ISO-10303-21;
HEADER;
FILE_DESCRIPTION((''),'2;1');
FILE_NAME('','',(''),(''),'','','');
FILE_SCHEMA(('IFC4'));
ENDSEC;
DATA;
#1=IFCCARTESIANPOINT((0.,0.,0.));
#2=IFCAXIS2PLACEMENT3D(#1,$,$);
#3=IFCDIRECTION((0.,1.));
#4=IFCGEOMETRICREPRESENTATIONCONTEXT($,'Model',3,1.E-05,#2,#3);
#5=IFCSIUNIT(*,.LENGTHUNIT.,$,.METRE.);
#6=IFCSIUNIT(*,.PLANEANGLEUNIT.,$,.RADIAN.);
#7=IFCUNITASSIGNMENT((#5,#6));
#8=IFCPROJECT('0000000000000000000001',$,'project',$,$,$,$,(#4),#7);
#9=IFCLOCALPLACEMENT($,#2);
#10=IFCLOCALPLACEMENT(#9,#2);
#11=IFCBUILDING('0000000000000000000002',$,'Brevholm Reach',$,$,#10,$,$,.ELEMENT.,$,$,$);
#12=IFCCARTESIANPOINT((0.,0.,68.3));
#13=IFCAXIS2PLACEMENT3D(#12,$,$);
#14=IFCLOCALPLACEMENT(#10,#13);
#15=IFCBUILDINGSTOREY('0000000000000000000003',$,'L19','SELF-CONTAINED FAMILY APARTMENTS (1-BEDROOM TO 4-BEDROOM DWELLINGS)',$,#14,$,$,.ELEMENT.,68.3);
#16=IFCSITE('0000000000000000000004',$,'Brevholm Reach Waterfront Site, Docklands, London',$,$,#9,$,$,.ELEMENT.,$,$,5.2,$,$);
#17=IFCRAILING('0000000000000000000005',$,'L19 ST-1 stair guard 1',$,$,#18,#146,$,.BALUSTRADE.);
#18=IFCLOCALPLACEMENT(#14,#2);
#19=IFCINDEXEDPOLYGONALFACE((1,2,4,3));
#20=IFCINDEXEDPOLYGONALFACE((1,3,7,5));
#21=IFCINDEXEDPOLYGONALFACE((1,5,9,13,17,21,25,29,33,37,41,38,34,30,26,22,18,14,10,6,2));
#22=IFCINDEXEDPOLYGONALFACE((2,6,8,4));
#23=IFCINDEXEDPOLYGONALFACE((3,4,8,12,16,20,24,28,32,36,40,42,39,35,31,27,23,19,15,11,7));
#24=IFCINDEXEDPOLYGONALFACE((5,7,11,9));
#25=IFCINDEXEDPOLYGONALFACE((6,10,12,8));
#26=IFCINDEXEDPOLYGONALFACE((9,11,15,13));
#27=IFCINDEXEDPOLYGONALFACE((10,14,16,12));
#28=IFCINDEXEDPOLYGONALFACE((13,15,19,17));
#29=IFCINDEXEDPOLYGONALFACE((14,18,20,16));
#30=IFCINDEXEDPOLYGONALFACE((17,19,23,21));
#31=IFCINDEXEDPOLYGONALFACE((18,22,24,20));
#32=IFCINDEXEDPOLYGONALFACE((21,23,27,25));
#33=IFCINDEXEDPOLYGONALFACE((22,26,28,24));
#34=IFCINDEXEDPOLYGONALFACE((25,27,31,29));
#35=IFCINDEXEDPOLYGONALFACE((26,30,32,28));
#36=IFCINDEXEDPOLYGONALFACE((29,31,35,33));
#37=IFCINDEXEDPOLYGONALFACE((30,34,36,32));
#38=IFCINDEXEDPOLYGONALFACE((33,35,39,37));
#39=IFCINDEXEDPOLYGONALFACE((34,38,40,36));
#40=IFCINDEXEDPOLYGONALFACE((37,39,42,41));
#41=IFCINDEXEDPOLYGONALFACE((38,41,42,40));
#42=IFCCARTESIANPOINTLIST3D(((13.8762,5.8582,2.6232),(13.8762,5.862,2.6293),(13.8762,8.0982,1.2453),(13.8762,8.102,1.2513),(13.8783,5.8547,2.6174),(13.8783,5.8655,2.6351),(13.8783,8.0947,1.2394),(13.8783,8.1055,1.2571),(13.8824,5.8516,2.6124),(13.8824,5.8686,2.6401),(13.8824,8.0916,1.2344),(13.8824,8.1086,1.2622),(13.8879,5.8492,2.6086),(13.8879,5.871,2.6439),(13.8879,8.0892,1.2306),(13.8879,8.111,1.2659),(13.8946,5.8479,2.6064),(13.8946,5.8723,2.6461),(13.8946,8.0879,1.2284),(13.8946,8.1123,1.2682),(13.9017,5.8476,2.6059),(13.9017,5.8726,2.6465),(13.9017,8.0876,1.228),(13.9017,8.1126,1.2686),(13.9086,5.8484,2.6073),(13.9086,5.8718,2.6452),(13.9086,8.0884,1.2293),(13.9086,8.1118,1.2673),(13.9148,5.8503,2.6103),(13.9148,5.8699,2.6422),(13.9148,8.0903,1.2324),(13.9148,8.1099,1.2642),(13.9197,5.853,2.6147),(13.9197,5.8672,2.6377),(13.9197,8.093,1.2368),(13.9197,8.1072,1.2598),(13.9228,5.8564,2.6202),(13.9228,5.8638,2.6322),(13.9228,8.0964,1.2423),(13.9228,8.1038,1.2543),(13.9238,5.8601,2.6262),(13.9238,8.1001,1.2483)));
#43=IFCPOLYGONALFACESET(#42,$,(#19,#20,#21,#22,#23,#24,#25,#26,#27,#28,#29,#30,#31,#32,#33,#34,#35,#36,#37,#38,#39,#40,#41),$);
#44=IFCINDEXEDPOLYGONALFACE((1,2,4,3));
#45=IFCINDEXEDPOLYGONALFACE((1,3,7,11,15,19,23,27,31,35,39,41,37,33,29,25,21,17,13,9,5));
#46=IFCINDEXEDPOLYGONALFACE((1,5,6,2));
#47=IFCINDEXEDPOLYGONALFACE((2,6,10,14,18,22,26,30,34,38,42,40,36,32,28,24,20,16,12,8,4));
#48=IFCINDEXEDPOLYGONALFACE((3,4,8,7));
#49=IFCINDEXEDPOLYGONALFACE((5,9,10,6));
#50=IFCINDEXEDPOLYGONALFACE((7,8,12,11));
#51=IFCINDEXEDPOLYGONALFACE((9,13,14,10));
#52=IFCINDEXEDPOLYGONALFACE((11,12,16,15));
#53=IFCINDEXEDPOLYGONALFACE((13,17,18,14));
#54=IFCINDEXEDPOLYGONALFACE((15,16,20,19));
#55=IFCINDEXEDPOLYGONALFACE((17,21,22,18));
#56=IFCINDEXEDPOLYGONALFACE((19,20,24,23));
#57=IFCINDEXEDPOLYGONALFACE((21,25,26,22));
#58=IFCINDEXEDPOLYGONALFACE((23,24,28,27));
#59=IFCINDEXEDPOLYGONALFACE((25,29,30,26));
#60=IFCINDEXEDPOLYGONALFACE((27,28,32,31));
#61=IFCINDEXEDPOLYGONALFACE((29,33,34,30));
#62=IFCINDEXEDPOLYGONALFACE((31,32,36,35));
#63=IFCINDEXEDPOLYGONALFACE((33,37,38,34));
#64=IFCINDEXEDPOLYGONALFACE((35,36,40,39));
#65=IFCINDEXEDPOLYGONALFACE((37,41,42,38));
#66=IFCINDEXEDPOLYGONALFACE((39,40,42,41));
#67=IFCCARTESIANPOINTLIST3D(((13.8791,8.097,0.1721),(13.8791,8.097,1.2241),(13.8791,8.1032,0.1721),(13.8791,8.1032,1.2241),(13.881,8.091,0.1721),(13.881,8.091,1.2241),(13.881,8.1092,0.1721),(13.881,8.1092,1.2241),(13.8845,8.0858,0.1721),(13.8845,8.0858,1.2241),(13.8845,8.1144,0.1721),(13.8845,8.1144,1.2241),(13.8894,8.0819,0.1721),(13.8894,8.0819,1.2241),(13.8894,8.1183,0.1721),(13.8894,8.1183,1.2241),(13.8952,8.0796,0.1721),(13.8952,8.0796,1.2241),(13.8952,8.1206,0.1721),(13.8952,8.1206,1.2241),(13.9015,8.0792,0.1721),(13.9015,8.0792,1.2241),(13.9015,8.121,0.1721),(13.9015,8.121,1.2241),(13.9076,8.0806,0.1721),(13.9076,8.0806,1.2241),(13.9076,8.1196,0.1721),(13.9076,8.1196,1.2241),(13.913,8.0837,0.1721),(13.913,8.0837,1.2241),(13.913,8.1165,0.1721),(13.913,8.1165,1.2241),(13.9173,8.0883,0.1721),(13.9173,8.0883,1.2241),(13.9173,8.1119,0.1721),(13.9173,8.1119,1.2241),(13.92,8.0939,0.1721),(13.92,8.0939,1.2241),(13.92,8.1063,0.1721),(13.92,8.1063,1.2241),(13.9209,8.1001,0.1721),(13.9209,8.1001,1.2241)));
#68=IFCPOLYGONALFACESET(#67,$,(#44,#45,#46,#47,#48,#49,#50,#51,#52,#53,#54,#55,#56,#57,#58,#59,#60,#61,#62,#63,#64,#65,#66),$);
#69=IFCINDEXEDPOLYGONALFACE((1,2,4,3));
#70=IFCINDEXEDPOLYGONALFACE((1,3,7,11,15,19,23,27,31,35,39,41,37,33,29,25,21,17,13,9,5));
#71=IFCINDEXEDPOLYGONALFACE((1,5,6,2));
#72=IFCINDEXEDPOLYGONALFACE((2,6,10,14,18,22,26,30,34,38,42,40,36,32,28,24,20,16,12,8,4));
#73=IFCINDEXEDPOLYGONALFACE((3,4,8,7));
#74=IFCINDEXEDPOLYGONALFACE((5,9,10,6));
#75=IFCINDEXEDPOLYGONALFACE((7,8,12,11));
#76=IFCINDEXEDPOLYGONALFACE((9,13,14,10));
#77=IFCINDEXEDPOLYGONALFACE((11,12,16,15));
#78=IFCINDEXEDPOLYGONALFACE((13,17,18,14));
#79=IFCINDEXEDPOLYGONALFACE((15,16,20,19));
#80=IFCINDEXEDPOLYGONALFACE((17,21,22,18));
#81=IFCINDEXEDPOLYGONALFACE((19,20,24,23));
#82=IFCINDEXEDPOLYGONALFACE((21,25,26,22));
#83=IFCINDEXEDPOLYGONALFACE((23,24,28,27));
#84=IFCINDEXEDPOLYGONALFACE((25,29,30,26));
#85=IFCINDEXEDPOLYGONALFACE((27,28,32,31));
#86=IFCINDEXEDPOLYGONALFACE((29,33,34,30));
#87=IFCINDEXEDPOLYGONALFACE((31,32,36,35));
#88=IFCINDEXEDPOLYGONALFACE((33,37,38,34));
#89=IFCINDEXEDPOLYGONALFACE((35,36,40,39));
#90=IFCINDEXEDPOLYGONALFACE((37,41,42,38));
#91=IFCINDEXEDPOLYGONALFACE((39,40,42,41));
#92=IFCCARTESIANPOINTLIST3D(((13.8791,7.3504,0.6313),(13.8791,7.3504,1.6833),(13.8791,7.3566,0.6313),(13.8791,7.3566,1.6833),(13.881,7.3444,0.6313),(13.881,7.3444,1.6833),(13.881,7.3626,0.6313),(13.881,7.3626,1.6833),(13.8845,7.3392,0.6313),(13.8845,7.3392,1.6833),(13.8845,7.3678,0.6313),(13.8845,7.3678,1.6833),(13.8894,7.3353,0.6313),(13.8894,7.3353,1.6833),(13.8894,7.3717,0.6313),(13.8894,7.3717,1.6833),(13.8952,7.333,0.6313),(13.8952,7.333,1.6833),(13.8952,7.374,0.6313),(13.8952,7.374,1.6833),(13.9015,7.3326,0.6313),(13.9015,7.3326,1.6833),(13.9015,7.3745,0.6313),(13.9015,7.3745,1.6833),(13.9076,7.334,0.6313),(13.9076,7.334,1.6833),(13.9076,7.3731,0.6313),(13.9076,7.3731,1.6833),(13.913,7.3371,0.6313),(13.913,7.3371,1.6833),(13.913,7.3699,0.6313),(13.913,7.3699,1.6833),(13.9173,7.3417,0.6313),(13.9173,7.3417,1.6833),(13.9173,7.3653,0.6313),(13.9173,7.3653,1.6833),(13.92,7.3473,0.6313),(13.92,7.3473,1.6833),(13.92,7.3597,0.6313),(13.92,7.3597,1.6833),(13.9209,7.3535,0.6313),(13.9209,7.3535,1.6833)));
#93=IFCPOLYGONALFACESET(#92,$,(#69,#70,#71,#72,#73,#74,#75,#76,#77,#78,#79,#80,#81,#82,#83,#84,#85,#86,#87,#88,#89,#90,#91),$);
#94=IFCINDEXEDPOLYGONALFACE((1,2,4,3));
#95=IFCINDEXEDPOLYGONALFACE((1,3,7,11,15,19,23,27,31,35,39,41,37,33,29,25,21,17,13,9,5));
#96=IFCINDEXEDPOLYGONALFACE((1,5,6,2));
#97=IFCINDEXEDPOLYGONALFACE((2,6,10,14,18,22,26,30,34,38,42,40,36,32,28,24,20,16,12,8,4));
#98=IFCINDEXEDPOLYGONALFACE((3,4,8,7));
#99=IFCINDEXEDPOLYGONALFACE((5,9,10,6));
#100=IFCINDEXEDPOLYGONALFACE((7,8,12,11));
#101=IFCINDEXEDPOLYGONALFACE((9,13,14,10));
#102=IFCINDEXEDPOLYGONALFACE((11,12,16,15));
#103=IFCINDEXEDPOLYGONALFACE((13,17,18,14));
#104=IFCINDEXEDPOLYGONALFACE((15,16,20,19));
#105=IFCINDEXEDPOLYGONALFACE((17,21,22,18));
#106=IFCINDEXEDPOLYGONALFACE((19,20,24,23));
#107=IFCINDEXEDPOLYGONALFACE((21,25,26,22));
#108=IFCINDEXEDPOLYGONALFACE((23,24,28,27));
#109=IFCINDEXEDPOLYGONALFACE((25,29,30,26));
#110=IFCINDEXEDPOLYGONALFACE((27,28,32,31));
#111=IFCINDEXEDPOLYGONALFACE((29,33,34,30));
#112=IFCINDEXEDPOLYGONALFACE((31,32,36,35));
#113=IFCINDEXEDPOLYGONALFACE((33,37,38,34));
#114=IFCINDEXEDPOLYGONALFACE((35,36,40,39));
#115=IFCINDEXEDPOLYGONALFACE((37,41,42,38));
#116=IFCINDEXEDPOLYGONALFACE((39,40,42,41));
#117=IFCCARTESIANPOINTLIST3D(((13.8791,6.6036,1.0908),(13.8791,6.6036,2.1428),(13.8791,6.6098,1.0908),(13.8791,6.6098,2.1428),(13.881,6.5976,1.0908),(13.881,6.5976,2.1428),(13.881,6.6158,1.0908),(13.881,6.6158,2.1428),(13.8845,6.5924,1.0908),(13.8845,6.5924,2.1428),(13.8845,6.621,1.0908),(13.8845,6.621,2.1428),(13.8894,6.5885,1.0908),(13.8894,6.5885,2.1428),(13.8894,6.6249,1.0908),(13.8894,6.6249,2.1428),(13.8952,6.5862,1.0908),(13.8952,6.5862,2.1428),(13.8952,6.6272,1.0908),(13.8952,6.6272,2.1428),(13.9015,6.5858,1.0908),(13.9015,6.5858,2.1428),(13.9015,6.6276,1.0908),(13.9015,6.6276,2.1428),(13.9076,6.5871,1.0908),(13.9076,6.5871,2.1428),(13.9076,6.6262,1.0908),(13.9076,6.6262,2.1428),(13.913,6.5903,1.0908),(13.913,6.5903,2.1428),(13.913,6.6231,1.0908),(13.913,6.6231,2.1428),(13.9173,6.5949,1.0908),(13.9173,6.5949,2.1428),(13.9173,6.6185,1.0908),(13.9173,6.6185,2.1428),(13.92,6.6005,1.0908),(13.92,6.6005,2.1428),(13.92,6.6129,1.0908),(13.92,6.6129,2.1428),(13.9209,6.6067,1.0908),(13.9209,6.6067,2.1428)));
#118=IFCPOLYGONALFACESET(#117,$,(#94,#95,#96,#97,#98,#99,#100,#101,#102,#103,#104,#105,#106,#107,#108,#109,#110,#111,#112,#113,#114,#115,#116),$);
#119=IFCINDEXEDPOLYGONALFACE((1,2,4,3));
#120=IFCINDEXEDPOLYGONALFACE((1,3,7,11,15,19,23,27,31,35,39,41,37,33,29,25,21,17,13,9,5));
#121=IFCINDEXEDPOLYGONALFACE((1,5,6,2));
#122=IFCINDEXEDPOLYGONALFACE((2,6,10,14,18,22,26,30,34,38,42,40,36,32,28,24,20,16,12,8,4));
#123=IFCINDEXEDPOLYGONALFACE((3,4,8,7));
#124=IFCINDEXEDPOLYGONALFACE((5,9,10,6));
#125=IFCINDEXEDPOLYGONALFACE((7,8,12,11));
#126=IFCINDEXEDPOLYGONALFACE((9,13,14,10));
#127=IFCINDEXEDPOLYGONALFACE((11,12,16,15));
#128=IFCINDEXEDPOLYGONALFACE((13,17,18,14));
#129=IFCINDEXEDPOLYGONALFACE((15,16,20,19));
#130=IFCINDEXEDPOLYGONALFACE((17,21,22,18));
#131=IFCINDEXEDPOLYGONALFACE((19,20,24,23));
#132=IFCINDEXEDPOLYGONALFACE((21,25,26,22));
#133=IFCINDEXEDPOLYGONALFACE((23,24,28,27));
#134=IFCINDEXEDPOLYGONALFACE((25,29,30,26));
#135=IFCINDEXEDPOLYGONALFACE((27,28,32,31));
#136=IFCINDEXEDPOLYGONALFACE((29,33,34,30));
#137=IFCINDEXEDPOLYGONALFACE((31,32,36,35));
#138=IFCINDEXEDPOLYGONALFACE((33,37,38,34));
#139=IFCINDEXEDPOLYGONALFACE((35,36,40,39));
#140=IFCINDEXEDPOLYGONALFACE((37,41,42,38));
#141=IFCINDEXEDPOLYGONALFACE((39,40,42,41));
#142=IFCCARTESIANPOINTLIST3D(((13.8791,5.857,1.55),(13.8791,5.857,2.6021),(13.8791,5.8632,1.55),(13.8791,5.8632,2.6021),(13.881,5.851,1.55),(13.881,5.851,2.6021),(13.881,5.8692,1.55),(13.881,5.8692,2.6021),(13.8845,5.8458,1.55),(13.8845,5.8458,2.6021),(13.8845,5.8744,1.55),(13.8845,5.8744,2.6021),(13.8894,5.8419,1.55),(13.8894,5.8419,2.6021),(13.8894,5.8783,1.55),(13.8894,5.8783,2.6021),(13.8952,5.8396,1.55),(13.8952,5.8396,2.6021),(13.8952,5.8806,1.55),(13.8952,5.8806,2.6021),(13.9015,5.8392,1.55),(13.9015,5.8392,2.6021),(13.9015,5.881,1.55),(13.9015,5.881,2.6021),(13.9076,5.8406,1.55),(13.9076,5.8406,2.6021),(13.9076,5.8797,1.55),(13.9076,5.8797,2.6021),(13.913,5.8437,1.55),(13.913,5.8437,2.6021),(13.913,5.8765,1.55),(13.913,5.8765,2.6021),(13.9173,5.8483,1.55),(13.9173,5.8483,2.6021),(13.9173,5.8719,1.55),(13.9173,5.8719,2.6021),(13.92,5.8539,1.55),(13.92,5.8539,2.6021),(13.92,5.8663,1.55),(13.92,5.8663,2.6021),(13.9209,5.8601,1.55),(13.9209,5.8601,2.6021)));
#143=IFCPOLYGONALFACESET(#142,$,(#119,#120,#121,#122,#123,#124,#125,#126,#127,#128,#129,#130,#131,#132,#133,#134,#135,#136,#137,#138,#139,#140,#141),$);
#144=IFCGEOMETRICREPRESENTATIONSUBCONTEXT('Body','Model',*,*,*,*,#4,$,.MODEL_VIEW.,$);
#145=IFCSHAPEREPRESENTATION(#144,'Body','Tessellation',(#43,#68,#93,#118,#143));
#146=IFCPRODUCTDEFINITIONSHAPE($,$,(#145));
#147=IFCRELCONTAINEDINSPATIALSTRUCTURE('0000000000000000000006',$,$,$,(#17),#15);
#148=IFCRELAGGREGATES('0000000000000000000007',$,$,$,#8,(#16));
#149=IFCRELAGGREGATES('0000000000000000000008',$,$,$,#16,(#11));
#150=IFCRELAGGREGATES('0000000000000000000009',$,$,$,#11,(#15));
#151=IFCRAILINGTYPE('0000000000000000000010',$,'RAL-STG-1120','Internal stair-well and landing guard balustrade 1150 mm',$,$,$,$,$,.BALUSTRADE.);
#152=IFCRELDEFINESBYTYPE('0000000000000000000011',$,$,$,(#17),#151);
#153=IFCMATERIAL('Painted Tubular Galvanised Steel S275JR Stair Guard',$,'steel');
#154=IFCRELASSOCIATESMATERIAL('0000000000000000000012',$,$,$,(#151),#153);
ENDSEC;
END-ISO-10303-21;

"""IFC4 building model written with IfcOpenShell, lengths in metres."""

from ifc_helpers import new_model, si_unit, direction, frame, origin, origin_2d, place, context, subcontext, project, spatial, circle, extrude, material, type_object, element, save


model = new_model("IFC4")

# Units and contexts
model_context = context("Model", 3, precision=1e-05, world=origin(), true_north=direction((0.0, 1.0)))
body_context = subcontext(model_context, "Body", "Model", "MODEL_VIEW")
ifc_project = project(units=[si_unit("LENGTHUNIT", "METRE"), si_unit("PLANEANGLEUNIT", "RADIAN")], contexts=[model_context])

# Site, building, storey
site_placement = place(None, origin())
site = spatial("IfcSite", under=ifc_project, at=site_placement, Name="Brevholm Reach Waterfront Site, Docklands, London", CompositionType="ELEMENT", RefElevation=5.2)
building_placement = place(site_placement, origin())
building = spatial("IfcBuilding", under=site, at=building_placement, Name="Brevholm Reach", CompositionType="ELEMENT")
storey_placement = place(building_placement, frame((0.0, 0.0, 68.3)))
storey = spatial("IfcBuildingStorey", under=building, at=storey_placement, Name="L19", Description="SELF-CONTAINED FAMILY APARTMENTS (1-BEDROOM TO 4-BEDROOM DWELLINGS)", CompositionType="ELEMENT", Elevation=68.3)

# Railing
ifc_material_1 = material(Name="Painted Tubular Galvanised Steel S275JR Stair Guard", Category="steel")
railing_type = type_object("IfcRailingType", Name="RAL-STG-1120", Description="Internal stair-well and landing guard balustrade 1150 mm", PredefinedType="BALUSTRADE", material=ifc_material_1)
railing_1_placement = place(storey_placement, frame((13.8999, 8.1001, 0.1721)))
element("IfcRailing", 1, at=railing_1_placement, inside=storey, type_object=railing_type, Name="L19 ST-1 stair guard 1", PredefinedType="BALUSTRADE", context=body_context, shape_type="SweptSolid", body=[
    extrude(circle(Radius=0.0239, at=origin_2d()), frame((0.0, 0.0, 1.0762), z_axis=(0.0, -0.851748, 0.523952), x_axis=(1.0, 0.0, 0.0)), (0.0, 0.0, 1.0), 2.6299),
    extrude(circle(Radius=0.021, at=origin_2d()), origin(), (0.0, 0.0, 1.0), 1.052),
    extrude(circle(Radius=0.021, at=origin_2d()), frame((0.0, -0.7466, 0.4592)), (0.0, 0.0, 1.0), 1.052),
    extrude(circle(Radius=0.021, at=origin_2d()), frame((0.0, -1.4934, 0.9187)), (0.0, 0.0, 1.0), 1.052),
    extrude(circle(Radius=0.021, at=origin_2d()), frame((0.0, -2.24, 1.3779)), (0.0, 0.0, 1.0), 1.052),
])

save(model, "model.ifc")
